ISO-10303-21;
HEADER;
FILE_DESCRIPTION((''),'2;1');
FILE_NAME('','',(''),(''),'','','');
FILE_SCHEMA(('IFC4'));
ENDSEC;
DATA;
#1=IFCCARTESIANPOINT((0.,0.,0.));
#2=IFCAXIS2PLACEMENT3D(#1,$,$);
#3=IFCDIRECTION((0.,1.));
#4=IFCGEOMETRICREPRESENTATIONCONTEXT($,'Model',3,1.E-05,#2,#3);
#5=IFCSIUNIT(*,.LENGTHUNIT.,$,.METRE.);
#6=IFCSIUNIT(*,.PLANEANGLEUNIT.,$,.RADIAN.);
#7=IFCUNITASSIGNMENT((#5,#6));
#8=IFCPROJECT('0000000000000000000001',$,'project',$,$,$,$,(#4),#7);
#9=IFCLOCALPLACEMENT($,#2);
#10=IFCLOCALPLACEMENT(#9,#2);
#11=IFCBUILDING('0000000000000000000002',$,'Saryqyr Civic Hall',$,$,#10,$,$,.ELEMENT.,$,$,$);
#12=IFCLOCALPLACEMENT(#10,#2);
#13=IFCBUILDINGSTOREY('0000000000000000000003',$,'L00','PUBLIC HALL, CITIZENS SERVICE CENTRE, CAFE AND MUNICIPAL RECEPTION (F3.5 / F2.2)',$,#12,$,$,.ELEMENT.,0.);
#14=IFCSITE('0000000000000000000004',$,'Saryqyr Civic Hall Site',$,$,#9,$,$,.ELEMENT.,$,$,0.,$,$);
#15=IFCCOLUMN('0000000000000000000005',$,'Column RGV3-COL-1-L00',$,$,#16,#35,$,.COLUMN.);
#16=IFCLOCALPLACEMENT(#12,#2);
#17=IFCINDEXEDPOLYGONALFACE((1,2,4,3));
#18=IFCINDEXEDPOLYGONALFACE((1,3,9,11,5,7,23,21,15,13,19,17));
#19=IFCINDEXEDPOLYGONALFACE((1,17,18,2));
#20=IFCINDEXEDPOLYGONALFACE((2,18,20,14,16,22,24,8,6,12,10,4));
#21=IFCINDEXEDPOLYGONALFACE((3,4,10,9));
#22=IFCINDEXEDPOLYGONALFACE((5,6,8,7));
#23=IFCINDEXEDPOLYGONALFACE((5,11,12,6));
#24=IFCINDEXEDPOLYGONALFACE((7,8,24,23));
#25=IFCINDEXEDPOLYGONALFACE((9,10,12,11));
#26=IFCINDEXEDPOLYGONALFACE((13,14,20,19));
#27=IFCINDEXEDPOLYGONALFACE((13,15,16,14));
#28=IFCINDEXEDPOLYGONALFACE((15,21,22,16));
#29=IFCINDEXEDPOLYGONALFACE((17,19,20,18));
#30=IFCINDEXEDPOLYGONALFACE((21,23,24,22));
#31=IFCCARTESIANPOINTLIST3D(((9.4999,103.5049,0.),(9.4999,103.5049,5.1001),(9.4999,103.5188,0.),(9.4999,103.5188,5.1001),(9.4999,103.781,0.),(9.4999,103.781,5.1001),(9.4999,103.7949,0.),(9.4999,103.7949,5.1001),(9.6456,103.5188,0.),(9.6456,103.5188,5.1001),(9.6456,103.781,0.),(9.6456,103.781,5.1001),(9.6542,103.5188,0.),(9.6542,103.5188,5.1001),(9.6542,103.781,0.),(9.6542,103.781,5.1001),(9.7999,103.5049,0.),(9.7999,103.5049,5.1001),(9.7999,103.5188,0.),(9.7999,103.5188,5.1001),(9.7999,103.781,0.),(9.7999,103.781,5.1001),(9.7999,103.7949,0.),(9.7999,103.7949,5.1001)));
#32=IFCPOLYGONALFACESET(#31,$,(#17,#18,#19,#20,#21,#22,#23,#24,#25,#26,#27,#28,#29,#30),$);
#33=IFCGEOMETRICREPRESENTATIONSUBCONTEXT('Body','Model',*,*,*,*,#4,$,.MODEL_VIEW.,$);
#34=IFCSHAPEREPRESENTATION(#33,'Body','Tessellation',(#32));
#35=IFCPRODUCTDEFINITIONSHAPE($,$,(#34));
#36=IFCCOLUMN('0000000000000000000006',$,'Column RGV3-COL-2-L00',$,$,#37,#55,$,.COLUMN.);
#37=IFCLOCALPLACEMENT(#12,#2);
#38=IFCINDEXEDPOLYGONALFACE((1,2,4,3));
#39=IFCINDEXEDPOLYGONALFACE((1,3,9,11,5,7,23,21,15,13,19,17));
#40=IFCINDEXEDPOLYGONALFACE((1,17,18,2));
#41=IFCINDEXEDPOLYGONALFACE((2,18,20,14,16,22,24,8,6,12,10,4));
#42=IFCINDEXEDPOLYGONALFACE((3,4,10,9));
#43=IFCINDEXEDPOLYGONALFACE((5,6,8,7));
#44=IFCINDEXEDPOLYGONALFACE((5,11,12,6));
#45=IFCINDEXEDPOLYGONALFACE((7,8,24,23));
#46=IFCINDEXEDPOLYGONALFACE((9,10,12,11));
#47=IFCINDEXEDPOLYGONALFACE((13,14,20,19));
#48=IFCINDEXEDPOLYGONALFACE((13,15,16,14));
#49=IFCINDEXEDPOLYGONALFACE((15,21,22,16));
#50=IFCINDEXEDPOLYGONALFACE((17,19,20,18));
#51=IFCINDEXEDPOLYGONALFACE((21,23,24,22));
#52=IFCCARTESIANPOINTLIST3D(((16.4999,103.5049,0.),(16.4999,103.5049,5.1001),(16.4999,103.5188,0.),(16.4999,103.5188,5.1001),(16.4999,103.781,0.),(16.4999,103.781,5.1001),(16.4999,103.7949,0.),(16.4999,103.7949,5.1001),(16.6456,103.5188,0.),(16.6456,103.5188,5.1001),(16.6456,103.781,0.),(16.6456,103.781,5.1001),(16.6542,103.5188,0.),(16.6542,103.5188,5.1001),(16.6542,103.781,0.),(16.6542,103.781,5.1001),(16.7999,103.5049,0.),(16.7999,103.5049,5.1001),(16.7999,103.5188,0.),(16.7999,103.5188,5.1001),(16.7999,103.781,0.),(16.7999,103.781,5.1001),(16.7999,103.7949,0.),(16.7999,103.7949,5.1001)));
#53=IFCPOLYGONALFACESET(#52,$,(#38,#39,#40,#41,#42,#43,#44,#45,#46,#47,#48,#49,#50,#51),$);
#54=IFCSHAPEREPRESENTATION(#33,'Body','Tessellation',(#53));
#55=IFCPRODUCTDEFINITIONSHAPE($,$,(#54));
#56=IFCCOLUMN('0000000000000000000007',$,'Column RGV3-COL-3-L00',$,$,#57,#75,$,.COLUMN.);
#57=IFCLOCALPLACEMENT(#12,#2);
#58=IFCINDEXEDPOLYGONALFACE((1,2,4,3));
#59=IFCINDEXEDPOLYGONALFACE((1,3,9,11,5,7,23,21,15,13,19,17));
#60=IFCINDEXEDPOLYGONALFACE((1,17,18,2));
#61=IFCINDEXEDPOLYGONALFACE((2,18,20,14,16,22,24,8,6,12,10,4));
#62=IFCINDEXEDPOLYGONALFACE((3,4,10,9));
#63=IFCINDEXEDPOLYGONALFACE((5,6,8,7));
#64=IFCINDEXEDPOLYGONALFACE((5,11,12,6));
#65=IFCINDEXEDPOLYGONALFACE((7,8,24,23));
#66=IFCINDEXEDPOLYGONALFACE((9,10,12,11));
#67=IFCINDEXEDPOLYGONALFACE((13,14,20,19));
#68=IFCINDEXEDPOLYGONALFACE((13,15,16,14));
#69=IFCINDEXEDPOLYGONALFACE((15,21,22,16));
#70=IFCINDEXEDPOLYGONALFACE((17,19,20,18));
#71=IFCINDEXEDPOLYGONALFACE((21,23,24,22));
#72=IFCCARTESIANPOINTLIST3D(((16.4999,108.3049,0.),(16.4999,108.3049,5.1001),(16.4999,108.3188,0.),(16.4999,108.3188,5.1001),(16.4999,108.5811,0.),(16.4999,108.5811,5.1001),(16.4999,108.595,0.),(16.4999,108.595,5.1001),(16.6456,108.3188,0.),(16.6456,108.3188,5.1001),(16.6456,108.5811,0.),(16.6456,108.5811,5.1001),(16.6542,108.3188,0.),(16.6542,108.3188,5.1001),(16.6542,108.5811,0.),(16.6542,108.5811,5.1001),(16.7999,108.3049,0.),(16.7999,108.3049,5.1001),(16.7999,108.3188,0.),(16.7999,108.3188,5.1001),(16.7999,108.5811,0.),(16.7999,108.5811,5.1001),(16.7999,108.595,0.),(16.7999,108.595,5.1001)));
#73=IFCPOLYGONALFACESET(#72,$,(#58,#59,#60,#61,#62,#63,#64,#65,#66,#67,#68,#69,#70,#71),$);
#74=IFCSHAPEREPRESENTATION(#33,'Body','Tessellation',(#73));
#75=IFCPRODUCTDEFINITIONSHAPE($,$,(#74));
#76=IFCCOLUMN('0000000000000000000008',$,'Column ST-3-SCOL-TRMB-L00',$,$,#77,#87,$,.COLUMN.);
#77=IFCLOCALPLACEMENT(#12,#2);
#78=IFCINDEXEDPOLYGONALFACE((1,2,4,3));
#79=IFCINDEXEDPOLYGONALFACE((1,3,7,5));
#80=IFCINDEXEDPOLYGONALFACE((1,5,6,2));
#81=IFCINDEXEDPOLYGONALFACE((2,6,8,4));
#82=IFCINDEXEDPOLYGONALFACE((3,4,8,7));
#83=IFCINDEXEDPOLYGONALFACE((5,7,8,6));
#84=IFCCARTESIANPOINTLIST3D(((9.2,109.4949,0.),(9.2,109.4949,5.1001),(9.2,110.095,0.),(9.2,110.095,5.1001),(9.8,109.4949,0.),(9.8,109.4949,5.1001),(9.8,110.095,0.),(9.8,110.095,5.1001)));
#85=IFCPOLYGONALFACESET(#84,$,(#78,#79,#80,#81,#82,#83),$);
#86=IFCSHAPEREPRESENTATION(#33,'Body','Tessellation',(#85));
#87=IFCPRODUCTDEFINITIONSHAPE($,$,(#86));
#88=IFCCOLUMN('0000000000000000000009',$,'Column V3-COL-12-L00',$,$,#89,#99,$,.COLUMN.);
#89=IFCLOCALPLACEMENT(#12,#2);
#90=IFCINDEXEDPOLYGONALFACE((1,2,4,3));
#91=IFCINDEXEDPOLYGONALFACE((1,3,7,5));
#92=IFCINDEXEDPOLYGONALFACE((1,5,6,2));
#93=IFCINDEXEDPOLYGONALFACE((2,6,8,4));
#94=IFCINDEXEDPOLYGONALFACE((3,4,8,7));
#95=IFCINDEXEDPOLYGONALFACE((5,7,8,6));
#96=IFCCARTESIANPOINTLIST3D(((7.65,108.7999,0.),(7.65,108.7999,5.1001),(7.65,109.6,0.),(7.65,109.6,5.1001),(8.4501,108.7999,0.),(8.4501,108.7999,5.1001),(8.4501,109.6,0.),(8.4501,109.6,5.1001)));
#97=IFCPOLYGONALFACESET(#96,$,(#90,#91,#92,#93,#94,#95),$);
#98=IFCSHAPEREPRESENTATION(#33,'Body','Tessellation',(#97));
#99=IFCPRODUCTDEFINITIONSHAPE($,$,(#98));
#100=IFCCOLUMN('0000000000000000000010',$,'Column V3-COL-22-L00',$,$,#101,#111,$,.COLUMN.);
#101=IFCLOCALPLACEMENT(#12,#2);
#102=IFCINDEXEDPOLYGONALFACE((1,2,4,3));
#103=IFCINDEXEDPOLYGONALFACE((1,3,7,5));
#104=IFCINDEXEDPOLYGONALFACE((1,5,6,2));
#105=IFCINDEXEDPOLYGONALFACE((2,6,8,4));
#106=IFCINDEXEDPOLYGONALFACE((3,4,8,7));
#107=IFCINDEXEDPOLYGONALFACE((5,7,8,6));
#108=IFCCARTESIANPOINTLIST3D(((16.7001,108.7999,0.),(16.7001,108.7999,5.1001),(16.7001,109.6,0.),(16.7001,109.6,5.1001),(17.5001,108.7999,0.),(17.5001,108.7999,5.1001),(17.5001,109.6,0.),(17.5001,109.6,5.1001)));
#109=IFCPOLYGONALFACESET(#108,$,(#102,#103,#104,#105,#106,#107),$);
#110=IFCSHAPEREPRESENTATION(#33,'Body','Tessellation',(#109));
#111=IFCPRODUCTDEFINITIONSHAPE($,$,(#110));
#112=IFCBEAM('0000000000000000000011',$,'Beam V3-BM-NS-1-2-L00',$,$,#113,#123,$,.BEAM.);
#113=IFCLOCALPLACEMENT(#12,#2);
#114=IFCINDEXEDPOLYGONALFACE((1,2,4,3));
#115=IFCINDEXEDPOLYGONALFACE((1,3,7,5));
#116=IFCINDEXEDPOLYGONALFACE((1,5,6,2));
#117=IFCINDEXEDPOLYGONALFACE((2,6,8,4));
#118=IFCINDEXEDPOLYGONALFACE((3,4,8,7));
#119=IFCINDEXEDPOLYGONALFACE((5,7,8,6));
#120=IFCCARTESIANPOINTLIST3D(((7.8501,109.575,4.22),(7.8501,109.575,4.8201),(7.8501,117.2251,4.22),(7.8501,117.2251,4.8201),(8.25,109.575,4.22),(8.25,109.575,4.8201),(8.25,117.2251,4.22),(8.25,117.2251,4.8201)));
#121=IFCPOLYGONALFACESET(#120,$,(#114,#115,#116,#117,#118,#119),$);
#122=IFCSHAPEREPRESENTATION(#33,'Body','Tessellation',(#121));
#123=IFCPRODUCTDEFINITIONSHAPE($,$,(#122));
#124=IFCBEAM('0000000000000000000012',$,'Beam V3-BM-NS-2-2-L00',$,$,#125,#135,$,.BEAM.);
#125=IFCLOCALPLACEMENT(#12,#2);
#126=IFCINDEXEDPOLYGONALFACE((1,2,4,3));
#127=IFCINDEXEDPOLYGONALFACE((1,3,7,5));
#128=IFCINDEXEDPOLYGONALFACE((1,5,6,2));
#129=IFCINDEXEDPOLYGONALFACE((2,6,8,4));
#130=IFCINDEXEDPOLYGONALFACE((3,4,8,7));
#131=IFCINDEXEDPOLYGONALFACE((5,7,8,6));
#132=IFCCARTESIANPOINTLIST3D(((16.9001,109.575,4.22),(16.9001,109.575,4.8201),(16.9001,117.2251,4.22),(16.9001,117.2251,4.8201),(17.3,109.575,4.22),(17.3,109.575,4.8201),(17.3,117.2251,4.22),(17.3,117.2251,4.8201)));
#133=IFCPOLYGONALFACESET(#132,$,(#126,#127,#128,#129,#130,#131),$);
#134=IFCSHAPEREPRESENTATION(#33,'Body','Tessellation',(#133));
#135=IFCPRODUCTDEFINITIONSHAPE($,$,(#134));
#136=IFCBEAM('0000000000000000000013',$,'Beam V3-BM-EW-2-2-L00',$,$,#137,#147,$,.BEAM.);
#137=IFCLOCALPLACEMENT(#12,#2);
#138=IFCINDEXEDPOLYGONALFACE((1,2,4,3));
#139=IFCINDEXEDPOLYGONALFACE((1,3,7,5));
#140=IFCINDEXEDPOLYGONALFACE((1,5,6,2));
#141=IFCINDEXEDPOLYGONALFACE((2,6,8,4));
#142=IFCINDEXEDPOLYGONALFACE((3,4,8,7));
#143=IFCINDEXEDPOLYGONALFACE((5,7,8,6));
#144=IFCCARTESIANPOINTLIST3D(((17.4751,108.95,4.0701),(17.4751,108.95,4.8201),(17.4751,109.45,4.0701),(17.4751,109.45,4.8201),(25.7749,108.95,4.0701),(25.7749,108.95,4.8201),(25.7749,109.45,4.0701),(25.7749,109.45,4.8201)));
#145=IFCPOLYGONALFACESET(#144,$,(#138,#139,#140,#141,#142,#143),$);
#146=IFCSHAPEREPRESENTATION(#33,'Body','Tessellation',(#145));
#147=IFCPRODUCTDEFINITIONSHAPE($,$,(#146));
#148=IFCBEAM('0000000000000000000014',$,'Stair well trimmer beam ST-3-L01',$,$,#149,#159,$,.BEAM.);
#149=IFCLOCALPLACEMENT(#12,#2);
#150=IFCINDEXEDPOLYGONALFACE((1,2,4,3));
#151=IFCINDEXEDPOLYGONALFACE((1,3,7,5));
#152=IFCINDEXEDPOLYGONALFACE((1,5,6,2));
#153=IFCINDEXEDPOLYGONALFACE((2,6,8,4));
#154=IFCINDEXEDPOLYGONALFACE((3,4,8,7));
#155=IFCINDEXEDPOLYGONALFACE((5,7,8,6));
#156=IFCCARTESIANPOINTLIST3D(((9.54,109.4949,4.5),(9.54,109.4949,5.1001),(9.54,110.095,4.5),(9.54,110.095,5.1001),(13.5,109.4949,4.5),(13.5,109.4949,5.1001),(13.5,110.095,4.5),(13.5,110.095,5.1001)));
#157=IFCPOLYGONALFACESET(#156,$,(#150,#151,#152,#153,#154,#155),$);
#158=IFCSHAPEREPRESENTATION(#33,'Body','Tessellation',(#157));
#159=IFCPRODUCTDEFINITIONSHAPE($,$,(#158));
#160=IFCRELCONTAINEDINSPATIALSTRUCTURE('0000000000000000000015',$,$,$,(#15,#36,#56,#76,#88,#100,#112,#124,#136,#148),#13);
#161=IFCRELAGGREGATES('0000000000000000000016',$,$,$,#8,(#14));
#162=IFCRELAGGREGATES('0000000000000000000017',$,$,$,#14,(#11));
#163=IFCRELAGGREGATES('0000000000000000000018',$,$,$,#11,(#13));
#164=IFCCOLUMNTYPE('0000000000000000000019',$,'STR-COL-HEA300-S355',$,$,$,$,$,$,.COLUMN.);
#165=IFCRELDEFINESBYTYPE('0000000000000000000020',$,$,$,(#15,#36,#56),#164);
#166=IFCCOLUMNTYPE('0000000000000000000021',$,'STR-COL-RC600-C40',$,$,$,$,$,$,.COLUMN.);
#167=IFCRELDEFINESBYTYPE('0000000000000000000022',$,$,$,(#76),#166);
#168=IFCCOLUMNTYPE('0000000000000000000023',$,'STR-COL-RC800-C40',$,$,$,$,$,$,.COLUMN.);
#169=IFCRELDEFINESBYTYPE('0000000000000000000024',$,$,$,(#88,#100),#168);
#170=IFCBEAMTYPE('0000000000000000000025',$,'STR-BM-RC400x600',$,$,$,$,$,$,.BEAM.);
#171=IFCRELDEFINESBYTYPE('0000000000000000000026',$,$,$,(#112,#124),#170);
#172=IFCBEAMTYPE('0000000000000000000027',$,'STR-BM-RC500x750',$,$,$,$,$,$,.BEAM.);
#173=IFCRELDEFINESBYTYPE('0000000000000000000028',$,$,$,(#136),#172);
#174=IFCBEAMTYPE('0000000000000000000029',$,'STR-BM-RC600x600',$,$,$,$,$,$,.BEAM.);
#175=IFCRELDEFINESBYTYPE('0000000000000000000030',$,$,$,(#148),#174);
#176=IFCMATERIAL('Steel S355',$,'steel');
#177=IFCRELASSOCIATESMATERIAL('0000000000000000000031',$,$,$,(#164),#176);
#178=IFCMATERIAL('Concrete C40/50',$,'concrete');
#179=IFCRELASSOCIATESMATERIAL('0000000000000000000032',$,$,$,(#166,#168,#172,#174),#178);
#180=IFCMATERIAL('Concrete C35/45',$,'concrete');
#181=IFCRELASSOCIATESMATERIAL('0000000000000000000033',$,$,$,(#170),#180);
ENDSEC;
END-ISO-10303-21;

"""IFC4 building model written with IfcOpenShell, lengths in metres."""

from ifc_helpers import new_model, si_unit, direction, frame, origin, origin_2d, place, context, subcontext, project, spatial, rectangle, i_section, extrude, material, material_profile, profile_set, type_object, element, save


model = new_model("IFC4")

# Units and contexts
model_context = context("Model", 3, precision=1e-05, world=origin(), true_north=direction((0.0, 1.0)))
body_context = subcontext(model_context, "Body", "Model", "MODEL_VIEW")
ifc_project = project(units=[si_unit("LENGTHUNIT", "METRE"), si_unit("PLANEANGLEUNIT", "RADIAN")], contexts=[model_context])

# Site, building, storey
site_placement = place(None, origin())
site = spatial("IfcSite", under=ifc_project, at=site_placement, Name="Saryqyr Civic Hall Site", CompositionType="ELEMENT", RefElevation=0.0)
building_placement = place(site_placement, origin())
building = spatial("IfcBuilding", under=site, at=building_placement, Name="Saryqyr Civic Hall", CompositionType="ELEMENT")
storey_placement = place(building_placement, origin())
storey = spatial("IfcBuildingStorey", under=building, at=storey_placement, Name="L00", Description="PUBLIC HALL, CITIZENS SERVICE CENTRE, CAFE AND MUNICIPAL RECEPTION (F3.5 / F2.2)", CompositionType="ELEMENT", Elevation=0.0)

# Columns
ifc_material_1 = material(Name="Steel S355", Category="steel")
ifc_material_profile_1 = material_profile(ifc_material_1, i_section(OverallWidth=0.3, OverallDepth=0.29, WebThickness=0.0085, FlangeThickness=0.0139, at=origin_2d()), Name="HEA 300")
ifc_profile_set_1 = profile_set([ifc_material_profile_1], Name="Steel S355")
column_type_1 = type_object("IfcColumnType", Name="STR-COL-HEA300-S355", PredefinedType="COLUMN", material=ifc_profile_set_1)
for number, where, z_axis, x_axis, name in (
    (1, (9.6499, 103.6499, 0.0), (0.0, 0.0, 1.0), (1.0, 0.0, 0.0), "Column RGV3-COL-1-L00"),
    (2, (16.6499, 103.6499, 0.0), (0.0, 0.0, 1.0), (1.0, 0.0, 0.0), "Column RGV3-COL-2-L00"),
    (3, (16.6499, 108.45, 0.0), (0.0, 0.0, 1.0), (1.0, 0.0, 0.0), "Column RGV3-COL-3-L00"),
):
    element("IfcColumn", number, at=place(storey_placement, frame(where, z_axis=z_axis, x_axis=x_axis)), inside=storey, type_object=column_type_1, Name=name, PredefinedType="COLUMN", context=body_context, shape_type="SweptSolid", body=[
        extrude(i_section(OverallWidth=0.3, OverallDepth=0.29, WebThickness=0.0085, FlangeThickness=0.0139, at=origin_2d()), origin(), (0.0, 0.0, 1.0), 5.1001),
    ])
ifc_material_2 = material(Name="Concrete C40/50", Category="concrete")
ifc_material_profile_2 = material_profile(ifc_material_2, rectangle(XDim=0.6001, YDim=0.6001, at=origin_2d()), Name="RC 600x600")
ifc_profile_set_2 = profile_set([ifc_material_profile_2], Name="Concrete C40/50")
column_type_2 = type_object("IfcColumnType", Name="STR-COL-RC600-C40", PredefinedType="COLUMN", material=ifc_profile_set_2)
column_placement = place(storey_placement, frame((9.5, 109.7949, 0.0), z_axis=(0.0, 0.0, 1.0), x_axis=(1.0, 0.0, 0.0)))
element("IfcColumn", 4, at=column_placement, inside=storey, type_object=column_type_2, Name="Column ST-3-SCOL-TRMB-L00", PredefinedType="COLUMN", context=body_context, shape_type="SweptSolid", body=[
    extrude(rectangle(XDim=0.6001, YDim=0.6001, at=origin_2d()), origin(), (0.0, 0.0, 1.0), 5.1001),
])
ifc_material_profile_3 = material_profile(ifc_material_2, rectangle(XDim=0.8, YDim=0.8, at=origin_2d()), Name="RC 800x800")
ifc_profile_set_3 = profile_set([ifc_material_profile_3], Name="Concrete C40/50")
column_type_3 = type_object("IfcColumnType", Name="STR-COL-RC800-C40", PredefinedType="COLUMN", material=ifc_profile_set_3)
for number, where, z_axis, x_axis, name in (
    (5, (8.05, 109.2, 0.0), (0.0, 0.0, 1.0), (1.0, 0.0, 0.0), "Column V3-COL-12-L00"),
    (6, (17.1001, 109.2, 0.0), (0.0, 0.0, 1.0), (1.0, 0.0, 0.0), "Column V3-COL-22-L00"),
):
    element("IfcColumn", number, at=place(storey_placement, frame(where, z_axis=z_axis, x_axis=x_axis)), inside=storey, type_object=column_type_3, Name=name, PredefinedType="COLUMN", context=body_context, shape_type="SweptSolid", body=[
        extrude(rectangle(XDim=0.8, YDim=0.8, at=origin_2d()), origin(), (0.0, 0.0, 1.0), 5.1001),
    ])

# Beams
ifc_material_3 = material(Name="Concrete C35/45", Category="concrete")
ifc_material_profile_4 = material_profile(ifc_material_3, rectangle(XDim=0.3999, YDim=0.6001, at=origin_2d()), Name="RC 400x600")
ifc_profile_set_4 = profile_set([ifc_material_profile_4], Name="Concrete C35/45")
beam_type_1 = type_object("IfcBeamType", Name="STR-BM-RC400x600", PredefinedType="BEAM", material=ifc_profile_set_4)
for number, where, z_axis, x_axis, name in (
    (7, (8.05, 109.575, 4.52), (0.0, 1.0, 0.0), (-1.0, 0.0, 0.0), "Beam V3-BM-NS-1-2-L00"),
    (8, (17.1001, 109.575, 4.52), (0.0, 1.0, 0.0), (-1.0, 0.0, 0.0), "Beam V3-BM-NS-2-2-L00"),
):
    element("IfcBeam", number, at=place(storey_placement, frame(where, z_axis=z_axis, x_axis=x_axis)), inside=storey, type_object=beam_type_1, Name=name, PredefinedType="BEAM", context=body_context, shape_type="SweptSolid", body=[
        extrude(rectangle(XDim=0.3999, YDim=0.6001, at=origin_2d()), origin(), (0.0, 0.0, 1.0), 7.6501),
    ])
ifc_material_profile_5 = material_profile(ifc_material_2, rectangle(XDim=0.5, YDim=0.75, at=origin_2d()), Name="RC 500x750")
ifc_profile_set_5 = profile_set([ifc_material_profile_5], Name="Concrete C40/50")
beam_type_2 = type_object("IfcBeamType", Name="STR-BM-RC500x750", PredefinedType="BEAM", material=ifc_profile_set_5)
beam_1_placement = place(storey_placement, frame((17.4751, 109.2, 4.4451), z_axis=(1.0, 0.0, 0.0), x_axis=(0.0, 1.0, 0.0)))
element("IfcBeam", 9, at=beam_1_placement, inside=storey, type_object=beam_type_2, Name="Beam V3-BM-EW-2-2-L00", PredefinedType="BEAM", context=body_context, shape_type="SweptSolid", body=[
    extrude(rectangle(XDim=0.5, YDim=0.75, at=origin_2d()), origin(), (0.0, 0.0, 1.0), 8.2998),
])
ifc_material_profile_6 = material_profile(ifc_material_2, rectangle(XDim=0.6001, YDim=0.6001, at=origin_2d()), Name="RC 600x600")
ifc_profile_set_6 = profile_set([ifc_material_profile_6], Name="Concrete C40/50")
beam_type_3 = type_object("IfcBeamType", Name="STR-BM-RC600x600", PredefinedType="BEAM", material=ifc_profile_set_6)
beam_2_placement = place(storey_placement, frame((13.5, 109.7949, 4.8), z_axis=(-1.0, 0.0, 0.0), x_axis=(0.0, -1.0, 0.0)))
element("IfcBeam", 10, at=beam_2_placement, inside=storey, type_object=beam_type_3, Name="Stair well trimmer beam ST-3-L01", PredefinedType="BEAM", context=body_context, shape_type="SweptSolid", body=[
    extrude(rectangle(XDim=0.6001, YDim=0.6001, at=origin_2d()), origin(), (0.0, 0.0, 1.0), 3.96),
])

save(model, "model.ifc")
